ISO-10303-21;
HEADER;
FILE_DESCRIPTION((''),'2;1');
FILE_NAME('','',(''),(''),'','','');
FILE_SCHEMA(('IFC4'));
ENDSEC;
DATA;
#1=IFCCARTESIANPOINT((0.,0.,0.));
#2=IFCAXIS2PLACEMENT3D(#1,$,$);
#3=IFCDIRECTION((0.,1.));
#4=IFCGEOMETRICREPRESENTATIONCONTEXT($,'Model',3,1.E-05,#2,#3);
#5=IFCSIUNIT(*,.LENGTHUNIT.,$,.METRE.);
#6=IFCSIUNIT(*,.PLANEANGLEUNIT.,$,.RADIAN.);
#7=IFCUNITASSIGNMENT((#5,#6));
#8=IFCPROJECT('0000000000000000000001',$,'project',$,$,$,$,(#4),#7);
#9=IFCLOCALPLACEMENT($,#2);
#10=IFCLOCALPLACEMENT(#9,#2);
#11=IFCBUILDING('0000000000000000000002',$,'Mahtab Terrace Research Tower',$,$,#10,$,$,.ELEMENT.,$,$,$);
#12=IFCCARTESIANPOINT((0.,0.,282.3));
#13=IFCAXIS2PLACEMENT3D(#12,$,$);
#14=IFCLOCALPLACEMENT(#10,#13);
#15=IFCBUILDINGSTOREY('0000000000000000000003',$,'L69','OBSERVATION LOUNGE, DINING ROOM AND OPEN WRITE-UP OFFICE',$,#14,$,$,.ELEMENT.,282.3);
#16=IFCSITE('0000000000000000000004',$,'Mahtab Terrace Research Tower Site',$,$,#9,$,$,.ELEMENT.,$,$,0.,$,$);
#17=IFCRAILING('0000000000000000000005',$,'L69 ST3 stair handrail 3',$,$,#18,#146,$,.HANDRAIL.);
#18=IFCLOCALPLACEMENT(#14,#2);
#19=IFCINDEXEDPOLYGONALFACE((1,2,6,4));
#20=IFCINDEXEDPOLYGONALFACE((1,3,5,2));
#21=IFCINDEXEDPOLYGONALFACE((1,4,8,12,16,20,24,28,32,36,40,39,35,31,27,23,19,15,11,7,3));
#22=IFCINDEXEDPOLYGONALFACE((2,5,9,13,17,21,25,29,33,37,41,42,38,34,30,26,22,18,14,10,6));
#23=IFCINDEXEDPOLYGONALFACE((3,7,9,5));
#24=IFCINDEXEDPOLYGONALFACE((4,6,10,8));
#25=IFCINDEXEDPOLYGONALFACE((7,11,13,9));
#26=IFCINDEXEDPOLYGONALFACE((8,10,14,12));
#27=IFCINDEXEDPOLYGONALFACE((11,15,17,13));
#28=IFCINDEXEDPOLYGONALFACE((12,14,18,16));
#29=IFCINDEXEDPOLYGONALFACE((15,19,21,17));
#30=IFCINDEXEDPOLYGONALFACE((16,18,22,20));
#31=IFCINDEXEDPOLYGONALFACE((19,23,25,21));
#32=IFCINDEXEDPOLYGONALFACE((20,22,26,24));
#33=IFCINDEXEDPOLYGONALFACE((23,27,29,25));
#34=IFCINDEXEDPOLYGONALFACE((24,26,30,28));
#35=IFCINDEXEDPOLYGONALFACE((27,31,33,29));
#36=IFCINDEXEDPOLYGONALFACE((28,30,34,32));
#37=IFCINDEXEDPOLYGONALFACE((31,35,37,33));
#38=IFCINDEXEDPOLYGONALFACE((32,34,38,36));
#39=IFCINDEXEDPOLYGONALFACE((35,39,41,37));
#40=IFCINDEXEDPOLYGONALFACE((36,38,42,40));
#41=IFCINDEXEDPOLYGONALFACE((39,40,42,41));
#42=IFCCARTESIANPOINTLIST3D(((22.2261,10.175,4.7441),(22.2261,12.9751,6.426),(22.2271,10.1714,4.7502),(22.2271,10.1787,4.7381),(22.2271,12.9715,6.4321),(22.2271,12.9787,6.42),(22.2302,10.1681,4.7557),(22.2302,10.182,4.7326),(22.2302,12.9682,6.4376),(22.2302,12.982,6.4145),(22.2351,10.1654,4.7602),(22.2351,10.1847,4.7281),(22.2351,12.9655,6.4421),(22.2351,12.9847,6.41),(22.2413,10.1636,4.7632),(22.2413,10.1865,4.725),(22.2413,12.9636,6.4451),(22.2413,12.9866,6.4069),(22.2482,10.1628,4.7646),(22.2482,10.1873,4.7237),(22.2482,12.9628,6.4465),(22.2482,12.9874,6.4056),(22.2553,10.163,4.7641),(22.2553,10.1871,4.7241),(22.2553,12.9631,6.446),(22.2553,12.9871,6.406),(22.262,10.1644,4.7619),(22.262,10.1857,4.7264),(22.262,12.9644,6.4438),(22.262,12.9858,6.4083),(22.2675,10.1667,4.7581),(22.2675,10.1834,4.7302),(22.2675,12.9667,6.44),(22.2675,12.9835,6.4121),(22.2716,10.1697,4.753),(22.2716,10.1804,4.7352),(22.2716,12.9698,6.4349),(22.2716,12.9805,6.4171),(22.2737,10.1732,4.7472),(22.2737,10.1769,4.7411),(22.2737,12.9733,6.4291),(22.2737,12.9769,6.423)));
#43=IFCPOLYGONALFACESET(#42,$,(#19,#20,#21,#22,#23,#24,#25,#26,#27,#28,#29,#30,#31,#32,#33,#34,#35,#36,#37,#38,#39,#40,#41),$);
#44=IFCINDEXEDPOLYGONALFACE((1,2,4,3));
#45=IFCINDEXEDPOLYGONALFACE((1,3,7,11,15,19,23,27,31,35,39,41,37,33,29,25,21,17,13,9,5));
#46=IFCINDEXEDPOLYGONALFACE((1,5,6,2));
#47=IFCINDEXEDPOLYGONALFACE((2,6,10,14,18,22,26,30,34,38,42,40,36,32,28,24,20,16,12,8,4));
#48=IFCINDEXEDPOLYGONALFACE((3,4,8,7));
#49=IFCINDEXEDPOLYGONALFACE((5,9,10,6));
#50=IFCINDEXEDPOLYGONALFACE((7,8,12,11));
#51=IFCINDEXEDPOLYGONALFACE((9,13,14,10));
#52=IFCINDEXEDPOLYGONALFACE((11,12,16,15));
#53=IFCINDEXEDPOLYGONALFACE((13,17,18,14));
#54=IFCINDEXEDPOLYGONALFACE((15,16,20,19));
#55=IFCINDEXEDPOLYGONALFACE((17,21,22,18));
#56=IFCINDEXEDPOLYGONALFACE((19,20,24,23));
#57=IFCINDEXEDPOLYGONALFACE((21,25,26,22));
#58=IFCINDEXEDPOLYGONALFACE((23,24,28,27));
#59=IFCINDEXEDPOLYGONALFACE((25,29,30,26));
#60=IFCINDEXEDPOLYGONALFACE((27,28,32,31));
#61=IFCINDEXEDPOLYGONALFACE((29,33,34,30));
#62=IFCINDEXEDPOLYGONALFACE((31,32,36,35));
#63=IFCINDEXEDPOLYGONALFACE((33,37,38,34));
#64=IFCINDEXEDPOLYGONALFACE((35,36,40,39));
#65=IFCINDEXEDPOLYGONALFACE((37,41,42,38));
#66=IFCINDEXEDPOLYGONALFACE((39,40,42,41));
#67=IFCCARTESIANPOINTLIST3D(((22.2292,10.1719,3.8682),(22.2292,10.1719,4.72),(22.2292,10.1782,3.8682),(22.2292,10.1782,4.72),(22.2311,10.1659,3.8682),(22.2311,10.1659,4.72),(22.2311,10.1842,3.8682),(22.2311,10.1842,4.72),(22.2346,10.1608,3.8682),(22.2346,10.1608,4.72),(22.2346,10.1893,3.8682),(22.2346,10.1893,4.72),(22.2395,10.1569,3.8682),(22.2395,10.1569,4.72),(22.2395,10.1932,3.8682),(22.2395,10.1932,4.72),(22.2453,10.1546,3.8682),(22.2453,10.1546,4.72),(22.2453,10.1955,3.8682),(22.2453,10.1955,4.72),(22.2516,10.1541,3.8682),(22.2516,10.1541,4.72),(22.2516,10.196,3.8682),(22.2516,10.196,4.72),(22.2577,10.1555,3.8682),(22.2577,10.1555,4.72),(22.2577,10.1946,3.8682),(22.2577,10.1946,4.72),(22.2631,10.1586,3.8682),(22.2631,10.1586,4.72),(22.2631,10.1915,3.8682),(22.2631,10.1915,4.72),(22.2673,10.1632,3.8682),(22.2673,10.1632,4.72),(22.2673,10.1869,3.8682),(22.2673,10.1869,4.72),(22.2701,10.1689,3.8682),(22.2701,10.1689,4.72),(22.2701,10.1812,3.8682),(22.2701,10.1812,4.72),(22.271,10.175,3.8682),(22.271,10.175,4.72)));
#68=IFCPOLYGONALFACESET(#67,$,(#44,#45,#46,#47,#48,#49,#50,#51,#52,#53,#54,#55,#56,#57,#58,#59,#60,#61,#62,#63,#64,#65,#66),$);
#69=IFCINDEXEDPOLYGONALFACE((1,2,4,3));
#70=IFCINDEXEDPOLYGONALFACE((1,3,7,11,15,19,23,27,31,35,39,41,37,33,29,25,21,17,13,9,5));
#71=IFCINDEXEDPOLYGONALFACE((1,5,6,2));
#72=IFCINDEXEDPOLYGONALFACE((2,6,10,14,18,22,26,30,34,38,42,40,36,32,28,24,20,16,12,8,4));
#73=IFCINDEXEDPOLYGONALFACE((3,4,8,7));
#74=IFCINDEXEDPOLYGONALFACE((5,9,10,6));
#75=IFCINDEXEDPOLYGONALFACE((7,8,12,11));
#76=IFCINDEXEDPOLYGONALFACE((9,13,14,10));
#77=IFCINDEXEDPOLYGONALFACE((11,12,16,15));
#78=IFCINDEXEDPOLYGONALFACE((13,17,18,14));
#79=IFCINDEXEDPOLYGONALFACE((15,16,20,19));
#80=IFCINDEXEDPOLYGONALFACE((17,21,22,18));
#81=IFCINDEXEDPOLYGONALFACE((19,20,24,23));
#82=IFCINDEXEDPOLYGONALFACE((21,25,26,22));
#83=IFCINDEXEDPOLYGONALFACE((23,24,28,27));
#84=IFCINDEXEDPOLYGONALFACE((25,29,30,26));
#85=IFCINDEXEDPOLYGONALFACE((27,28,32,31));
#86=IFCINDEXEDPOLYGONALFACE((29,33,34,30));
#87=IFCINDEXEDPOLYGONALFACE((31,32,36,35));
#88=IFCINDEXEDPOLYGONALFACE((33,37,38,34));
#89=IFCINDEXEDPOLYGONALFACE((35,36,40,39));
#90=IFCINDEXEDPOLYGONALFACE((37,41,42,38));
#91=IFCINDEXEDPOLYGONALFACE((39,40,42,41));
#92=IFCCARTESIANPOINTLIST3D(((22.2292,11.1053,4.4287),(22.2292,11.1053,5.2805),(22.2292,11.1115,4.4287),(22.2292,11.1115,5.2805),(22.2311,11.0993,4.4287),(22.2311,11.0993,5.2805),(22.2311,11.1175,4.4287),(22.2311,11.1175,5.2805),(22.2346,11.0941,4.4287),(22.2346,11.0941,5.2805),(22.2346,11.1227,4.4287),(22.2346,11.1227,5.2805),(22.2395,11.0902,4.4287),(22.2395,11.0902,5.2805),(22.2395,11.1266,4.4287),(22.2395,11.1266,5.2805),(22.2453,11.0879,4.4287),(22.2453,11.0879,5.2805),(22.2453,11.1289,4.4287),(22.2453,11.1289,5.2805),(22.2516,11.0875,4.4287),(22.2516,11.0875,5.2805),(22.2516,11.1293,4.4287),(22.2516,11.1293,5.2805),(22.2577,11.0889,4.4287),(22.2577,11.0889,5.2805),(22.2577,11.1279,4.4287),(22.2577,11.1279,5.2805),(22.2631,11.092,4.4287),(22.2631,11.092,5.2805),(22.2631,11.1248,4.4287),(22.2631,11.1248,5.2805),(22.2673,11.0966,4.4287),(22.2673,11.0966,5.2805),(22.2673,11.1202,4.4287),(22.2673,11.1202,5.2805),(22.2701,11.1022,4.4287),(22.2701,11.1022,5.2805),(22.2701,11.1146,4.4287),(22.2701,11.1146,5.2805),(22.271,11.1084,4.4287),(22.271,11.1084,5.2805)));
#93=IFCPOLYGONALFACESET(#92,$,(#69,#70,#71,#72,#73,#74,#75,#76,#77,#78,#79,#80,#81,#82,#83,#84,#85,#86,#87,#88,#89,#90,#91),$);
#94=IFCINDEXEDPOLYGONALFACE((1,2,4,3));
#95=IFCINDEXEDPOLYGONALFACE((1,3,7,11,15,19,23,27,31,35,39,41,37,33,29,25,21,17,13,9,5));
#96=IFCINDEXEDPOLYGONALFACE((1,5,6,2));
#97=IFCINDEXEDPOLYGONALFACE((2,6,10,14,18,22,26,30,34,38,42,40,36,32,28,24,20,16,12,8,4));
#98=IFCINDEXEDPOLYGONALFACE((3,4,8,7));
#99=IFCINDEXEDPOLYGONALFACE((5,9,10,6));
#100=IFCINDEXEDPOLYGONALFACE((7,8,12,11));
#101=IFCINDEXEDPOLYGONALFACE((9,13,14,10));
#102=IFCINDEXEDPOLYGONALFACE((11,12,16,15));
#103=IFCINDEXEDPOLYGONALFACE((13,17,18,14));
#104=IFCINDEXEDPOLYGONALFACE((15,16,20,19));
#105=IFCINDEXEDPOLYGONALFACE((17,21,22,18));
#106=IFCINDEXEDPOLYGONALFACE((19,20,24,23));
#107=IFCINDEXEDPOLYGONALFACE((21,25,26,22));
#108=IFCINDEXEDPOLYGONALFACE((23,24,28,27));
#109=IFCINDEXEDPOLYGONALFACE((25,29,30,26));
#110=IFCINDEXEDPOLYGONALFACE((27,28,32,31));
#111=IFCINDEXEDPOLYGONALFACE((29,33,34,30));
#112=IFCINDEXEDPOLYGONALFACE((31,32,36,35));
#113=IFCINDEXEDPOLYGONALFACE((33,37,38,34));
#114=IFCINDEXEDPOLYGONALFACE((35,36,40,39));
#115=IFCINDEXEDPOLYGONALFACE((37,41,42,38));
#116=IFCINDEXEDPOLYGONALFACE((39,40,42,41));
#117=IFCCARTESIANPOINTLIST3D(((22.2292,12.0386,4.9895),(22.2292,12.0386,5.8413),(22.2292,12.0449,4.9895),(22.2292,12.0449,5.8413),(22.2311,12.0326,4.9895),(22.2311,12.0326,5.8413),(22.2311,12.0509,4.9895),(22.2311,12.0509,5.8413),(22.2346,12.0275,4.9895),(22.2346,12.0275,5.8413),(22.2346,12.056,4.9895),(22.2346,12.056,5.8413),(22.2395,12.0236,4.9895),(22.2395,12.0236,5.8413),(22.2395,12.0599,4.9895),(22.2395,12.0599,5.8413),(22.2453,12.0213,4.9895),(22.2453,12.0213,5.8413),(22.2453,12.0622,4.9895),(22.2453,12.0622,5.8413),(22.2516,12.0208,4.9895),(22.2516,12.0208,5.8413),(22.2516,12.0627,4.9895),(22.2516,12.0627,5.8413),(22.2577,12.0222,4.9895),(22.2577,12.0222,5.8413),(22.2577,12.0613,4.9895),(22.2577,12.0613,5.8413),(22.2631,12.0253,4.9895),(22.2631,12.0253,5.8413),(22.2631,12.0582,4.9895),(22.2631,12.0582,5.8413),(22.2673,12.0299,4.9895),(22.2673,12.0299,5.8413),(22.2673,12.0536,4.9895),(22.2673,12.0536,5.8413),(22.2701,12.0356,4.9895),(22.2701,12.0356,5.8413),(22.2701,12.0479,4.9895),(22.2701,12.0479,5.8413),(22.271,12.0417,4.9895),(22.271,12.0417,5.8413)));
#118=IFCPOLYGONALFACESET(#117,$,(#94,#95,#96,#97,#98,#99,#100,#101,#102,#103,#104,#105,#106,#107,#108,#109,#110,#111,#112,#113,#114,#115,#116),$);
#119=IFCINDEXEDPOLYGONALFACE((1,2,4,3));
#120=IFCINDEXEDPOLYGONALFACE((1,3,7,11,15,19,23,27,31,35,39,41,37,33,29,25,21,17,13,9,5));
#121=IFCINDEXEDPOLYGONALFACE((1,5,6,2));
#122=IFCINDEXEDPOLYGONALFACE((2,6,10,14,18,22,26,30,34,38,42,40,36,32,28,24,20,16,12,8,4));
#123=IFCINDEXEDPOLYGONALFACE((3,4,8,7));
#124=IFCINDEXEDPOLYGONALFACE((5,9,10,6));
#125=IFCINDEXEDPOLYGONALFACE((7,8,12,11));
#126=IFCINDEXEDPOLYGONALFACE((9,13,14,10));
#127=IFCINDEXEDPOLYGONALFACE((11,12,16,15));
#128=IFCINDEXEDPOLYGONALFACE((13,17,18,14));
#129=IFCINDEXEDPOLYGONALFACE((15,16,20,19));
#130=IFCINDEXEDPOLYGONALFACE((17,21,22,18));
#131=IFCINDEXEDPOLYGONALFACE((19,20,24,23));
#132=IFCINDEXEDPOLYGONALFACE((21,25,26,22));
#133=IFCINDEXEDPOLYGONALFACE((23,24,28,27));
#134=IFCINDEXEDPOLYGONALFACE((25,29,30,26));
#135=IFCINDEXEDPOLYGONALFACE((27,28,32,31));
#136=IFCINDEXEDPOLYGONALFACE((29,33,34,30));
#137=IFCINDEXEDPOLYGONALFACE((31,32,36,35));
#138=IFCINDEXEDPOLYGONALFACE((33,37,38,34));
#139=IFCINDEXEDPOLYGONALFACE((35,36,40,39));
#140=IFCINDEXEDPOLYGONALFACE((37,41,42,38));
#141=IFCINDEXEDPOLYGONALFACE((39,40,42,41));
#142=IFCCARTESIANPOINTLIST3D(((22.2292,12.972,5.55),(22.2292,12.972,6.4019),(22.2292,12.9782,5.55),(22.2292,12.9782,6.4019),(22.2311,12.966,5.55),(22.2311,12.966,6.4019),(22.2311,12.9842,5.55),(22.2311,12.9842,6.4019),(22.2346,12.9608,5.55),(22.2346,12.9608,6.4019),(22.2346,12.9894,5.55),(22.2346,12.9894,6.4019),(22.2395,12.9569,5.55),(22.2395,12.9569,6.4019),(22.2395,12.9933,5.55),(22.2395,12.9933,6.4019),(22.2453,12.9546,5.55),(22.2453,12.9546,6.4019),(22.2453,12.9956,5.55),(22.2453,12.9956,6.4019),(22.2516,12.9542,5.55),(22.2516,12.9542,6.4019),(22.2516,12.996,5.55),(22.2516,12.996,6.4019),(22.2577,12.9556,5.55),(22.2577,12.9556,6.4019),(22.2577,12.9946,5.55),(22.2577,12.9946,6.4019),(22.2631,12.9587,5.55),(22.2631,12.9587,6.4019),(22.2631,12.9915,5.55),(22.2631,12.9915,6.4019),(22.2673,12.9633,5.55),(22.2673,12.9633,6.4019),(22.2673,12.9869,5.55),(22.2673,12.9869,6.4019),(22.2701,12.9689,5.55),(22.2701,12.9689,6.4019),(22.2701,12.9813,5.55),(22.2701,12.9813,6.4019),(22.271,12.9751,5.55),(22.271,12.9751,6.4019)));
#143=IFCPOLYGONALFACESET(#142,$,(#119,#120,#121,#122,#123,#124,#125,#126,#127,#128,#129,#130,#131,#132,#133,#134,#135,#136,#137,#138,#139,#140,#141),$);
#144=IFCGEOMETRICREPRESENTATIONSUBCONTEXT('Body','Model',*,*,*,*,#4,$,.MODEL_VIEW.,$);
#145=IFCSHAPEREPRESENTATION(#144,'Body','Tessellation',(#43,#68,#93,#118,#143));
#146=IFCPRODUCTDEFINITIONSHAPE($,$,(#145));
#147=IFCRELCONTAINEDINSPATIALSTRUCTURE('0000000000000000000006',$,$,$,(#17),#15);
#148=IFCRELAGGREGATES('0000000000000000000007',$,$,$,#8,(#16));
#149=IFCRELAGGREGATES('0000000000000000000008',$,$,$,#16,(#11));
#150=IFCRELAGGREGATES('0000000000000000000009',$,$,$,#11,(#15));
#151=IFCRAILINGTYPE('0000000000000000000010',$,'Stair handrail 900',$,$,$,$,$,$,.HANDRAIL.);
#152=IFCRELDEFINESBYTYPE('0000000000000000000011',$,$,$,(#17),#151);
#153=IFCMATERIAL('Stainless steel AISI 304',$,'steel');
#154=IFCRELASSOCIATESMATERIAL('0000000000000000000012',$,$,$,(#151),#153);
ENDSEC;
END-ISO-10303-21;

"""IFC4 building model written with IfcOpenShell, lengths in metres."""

from ifc_helpers import new_model, si_unit, direction, frame, origin, origin_2d, place, context, subcontext, project, spatial, circle, extrude, material, type_object, element, save


model = new_model("IFC4")

# Units and contexts
model_context = context("Model", 3, precision=1e-05, world=origin(), true_north=direction((0.0, 1.0)))
body_context = subcontext(model_context, "Body", "Model", "MODEL_VIEW")
ifc_project = project(units=[si_unit("LENGTHUNIT", "METRE"), si_unit("PLANEANGLEUNIT", "RADIAN")], contexts=[model_context])

# Site, building, storey
site_placement = place(None, origin())
site = spatial("IfcSite", under=ifc_project, at=site_placement, Name="Mahtab Terrace Research Tower Site", CompositionType="ELEMENT", RefElevation=0.0)
building_placement = place(site_placement, origin())
building = spatial("IfcBuilding", under=site, at=building_placement, Name="Mahtab Terrace Research Tower", CompositionType="ELEMENT")
storey_placement = place(building_placement, frame((0.0, 0.0, 282.3)))
storey = spatial("IfcBuildingStorey", under=building, at=storey_placement, Name="L69", Description="OBSERVATION LOUNGE, DINING ROOM AND OPEN WRITE-UP OFFICE", CompositionType="ELEMENT", Elevation=282.3)

# Railing
ifc_material_1 = material(Name="Stainless steel AISI 304", Category="steel")
railing_type_1 = type_object("IfcRailingType", Name="Stair handrail 900", PredefinedType="HANDRAIL", material=ifc_material_1)
railing_1_placement = place(storey_placement, frame((22.25, 10.175, 3.8682)))
element("IfcRailing", 1, at=railing_1_placement, inside=storey, type_object=railing_type_1, Name="L69 ST3 stair handrail 3", PredefinedType="HANDRAIL", context=body_context, shape_type="SweptSolid", body=[
    extrude(circle(Radius=0.0239, at=origin_2d()), frame((0.0, 0.0, 0.876), z_axis=(0.0, 0.857242, 0.514913), x_axis=(-1.0, 0.0, 0.0)), (0.0, 0.0, 1.0), 3.2664),
    extrude(circle(Radius=0.021, at=origin_2d()), origin(), (0.0, 0.0, 1.0), 0.8518),
    extrude(circle(Radius=0.021, at=origin_2d()), frame((0.0, 0.9333, 0.5605)), (0.0, 0.0, 1.0), 0.8518),
    extrude(circle(Radius=0.021, at=origin_2d()), frame((0.0, 1.8667, 1.1213)), (0.0, 0.0, 1.0), 0.8518),
    extrude(circle(Radius=0.021, at=origin_2d()), frame((0.0, 2.8, 1.6819)), (0.0, 0.0, 1.0), 0.8518),
])

save(model, "model.ifc")
